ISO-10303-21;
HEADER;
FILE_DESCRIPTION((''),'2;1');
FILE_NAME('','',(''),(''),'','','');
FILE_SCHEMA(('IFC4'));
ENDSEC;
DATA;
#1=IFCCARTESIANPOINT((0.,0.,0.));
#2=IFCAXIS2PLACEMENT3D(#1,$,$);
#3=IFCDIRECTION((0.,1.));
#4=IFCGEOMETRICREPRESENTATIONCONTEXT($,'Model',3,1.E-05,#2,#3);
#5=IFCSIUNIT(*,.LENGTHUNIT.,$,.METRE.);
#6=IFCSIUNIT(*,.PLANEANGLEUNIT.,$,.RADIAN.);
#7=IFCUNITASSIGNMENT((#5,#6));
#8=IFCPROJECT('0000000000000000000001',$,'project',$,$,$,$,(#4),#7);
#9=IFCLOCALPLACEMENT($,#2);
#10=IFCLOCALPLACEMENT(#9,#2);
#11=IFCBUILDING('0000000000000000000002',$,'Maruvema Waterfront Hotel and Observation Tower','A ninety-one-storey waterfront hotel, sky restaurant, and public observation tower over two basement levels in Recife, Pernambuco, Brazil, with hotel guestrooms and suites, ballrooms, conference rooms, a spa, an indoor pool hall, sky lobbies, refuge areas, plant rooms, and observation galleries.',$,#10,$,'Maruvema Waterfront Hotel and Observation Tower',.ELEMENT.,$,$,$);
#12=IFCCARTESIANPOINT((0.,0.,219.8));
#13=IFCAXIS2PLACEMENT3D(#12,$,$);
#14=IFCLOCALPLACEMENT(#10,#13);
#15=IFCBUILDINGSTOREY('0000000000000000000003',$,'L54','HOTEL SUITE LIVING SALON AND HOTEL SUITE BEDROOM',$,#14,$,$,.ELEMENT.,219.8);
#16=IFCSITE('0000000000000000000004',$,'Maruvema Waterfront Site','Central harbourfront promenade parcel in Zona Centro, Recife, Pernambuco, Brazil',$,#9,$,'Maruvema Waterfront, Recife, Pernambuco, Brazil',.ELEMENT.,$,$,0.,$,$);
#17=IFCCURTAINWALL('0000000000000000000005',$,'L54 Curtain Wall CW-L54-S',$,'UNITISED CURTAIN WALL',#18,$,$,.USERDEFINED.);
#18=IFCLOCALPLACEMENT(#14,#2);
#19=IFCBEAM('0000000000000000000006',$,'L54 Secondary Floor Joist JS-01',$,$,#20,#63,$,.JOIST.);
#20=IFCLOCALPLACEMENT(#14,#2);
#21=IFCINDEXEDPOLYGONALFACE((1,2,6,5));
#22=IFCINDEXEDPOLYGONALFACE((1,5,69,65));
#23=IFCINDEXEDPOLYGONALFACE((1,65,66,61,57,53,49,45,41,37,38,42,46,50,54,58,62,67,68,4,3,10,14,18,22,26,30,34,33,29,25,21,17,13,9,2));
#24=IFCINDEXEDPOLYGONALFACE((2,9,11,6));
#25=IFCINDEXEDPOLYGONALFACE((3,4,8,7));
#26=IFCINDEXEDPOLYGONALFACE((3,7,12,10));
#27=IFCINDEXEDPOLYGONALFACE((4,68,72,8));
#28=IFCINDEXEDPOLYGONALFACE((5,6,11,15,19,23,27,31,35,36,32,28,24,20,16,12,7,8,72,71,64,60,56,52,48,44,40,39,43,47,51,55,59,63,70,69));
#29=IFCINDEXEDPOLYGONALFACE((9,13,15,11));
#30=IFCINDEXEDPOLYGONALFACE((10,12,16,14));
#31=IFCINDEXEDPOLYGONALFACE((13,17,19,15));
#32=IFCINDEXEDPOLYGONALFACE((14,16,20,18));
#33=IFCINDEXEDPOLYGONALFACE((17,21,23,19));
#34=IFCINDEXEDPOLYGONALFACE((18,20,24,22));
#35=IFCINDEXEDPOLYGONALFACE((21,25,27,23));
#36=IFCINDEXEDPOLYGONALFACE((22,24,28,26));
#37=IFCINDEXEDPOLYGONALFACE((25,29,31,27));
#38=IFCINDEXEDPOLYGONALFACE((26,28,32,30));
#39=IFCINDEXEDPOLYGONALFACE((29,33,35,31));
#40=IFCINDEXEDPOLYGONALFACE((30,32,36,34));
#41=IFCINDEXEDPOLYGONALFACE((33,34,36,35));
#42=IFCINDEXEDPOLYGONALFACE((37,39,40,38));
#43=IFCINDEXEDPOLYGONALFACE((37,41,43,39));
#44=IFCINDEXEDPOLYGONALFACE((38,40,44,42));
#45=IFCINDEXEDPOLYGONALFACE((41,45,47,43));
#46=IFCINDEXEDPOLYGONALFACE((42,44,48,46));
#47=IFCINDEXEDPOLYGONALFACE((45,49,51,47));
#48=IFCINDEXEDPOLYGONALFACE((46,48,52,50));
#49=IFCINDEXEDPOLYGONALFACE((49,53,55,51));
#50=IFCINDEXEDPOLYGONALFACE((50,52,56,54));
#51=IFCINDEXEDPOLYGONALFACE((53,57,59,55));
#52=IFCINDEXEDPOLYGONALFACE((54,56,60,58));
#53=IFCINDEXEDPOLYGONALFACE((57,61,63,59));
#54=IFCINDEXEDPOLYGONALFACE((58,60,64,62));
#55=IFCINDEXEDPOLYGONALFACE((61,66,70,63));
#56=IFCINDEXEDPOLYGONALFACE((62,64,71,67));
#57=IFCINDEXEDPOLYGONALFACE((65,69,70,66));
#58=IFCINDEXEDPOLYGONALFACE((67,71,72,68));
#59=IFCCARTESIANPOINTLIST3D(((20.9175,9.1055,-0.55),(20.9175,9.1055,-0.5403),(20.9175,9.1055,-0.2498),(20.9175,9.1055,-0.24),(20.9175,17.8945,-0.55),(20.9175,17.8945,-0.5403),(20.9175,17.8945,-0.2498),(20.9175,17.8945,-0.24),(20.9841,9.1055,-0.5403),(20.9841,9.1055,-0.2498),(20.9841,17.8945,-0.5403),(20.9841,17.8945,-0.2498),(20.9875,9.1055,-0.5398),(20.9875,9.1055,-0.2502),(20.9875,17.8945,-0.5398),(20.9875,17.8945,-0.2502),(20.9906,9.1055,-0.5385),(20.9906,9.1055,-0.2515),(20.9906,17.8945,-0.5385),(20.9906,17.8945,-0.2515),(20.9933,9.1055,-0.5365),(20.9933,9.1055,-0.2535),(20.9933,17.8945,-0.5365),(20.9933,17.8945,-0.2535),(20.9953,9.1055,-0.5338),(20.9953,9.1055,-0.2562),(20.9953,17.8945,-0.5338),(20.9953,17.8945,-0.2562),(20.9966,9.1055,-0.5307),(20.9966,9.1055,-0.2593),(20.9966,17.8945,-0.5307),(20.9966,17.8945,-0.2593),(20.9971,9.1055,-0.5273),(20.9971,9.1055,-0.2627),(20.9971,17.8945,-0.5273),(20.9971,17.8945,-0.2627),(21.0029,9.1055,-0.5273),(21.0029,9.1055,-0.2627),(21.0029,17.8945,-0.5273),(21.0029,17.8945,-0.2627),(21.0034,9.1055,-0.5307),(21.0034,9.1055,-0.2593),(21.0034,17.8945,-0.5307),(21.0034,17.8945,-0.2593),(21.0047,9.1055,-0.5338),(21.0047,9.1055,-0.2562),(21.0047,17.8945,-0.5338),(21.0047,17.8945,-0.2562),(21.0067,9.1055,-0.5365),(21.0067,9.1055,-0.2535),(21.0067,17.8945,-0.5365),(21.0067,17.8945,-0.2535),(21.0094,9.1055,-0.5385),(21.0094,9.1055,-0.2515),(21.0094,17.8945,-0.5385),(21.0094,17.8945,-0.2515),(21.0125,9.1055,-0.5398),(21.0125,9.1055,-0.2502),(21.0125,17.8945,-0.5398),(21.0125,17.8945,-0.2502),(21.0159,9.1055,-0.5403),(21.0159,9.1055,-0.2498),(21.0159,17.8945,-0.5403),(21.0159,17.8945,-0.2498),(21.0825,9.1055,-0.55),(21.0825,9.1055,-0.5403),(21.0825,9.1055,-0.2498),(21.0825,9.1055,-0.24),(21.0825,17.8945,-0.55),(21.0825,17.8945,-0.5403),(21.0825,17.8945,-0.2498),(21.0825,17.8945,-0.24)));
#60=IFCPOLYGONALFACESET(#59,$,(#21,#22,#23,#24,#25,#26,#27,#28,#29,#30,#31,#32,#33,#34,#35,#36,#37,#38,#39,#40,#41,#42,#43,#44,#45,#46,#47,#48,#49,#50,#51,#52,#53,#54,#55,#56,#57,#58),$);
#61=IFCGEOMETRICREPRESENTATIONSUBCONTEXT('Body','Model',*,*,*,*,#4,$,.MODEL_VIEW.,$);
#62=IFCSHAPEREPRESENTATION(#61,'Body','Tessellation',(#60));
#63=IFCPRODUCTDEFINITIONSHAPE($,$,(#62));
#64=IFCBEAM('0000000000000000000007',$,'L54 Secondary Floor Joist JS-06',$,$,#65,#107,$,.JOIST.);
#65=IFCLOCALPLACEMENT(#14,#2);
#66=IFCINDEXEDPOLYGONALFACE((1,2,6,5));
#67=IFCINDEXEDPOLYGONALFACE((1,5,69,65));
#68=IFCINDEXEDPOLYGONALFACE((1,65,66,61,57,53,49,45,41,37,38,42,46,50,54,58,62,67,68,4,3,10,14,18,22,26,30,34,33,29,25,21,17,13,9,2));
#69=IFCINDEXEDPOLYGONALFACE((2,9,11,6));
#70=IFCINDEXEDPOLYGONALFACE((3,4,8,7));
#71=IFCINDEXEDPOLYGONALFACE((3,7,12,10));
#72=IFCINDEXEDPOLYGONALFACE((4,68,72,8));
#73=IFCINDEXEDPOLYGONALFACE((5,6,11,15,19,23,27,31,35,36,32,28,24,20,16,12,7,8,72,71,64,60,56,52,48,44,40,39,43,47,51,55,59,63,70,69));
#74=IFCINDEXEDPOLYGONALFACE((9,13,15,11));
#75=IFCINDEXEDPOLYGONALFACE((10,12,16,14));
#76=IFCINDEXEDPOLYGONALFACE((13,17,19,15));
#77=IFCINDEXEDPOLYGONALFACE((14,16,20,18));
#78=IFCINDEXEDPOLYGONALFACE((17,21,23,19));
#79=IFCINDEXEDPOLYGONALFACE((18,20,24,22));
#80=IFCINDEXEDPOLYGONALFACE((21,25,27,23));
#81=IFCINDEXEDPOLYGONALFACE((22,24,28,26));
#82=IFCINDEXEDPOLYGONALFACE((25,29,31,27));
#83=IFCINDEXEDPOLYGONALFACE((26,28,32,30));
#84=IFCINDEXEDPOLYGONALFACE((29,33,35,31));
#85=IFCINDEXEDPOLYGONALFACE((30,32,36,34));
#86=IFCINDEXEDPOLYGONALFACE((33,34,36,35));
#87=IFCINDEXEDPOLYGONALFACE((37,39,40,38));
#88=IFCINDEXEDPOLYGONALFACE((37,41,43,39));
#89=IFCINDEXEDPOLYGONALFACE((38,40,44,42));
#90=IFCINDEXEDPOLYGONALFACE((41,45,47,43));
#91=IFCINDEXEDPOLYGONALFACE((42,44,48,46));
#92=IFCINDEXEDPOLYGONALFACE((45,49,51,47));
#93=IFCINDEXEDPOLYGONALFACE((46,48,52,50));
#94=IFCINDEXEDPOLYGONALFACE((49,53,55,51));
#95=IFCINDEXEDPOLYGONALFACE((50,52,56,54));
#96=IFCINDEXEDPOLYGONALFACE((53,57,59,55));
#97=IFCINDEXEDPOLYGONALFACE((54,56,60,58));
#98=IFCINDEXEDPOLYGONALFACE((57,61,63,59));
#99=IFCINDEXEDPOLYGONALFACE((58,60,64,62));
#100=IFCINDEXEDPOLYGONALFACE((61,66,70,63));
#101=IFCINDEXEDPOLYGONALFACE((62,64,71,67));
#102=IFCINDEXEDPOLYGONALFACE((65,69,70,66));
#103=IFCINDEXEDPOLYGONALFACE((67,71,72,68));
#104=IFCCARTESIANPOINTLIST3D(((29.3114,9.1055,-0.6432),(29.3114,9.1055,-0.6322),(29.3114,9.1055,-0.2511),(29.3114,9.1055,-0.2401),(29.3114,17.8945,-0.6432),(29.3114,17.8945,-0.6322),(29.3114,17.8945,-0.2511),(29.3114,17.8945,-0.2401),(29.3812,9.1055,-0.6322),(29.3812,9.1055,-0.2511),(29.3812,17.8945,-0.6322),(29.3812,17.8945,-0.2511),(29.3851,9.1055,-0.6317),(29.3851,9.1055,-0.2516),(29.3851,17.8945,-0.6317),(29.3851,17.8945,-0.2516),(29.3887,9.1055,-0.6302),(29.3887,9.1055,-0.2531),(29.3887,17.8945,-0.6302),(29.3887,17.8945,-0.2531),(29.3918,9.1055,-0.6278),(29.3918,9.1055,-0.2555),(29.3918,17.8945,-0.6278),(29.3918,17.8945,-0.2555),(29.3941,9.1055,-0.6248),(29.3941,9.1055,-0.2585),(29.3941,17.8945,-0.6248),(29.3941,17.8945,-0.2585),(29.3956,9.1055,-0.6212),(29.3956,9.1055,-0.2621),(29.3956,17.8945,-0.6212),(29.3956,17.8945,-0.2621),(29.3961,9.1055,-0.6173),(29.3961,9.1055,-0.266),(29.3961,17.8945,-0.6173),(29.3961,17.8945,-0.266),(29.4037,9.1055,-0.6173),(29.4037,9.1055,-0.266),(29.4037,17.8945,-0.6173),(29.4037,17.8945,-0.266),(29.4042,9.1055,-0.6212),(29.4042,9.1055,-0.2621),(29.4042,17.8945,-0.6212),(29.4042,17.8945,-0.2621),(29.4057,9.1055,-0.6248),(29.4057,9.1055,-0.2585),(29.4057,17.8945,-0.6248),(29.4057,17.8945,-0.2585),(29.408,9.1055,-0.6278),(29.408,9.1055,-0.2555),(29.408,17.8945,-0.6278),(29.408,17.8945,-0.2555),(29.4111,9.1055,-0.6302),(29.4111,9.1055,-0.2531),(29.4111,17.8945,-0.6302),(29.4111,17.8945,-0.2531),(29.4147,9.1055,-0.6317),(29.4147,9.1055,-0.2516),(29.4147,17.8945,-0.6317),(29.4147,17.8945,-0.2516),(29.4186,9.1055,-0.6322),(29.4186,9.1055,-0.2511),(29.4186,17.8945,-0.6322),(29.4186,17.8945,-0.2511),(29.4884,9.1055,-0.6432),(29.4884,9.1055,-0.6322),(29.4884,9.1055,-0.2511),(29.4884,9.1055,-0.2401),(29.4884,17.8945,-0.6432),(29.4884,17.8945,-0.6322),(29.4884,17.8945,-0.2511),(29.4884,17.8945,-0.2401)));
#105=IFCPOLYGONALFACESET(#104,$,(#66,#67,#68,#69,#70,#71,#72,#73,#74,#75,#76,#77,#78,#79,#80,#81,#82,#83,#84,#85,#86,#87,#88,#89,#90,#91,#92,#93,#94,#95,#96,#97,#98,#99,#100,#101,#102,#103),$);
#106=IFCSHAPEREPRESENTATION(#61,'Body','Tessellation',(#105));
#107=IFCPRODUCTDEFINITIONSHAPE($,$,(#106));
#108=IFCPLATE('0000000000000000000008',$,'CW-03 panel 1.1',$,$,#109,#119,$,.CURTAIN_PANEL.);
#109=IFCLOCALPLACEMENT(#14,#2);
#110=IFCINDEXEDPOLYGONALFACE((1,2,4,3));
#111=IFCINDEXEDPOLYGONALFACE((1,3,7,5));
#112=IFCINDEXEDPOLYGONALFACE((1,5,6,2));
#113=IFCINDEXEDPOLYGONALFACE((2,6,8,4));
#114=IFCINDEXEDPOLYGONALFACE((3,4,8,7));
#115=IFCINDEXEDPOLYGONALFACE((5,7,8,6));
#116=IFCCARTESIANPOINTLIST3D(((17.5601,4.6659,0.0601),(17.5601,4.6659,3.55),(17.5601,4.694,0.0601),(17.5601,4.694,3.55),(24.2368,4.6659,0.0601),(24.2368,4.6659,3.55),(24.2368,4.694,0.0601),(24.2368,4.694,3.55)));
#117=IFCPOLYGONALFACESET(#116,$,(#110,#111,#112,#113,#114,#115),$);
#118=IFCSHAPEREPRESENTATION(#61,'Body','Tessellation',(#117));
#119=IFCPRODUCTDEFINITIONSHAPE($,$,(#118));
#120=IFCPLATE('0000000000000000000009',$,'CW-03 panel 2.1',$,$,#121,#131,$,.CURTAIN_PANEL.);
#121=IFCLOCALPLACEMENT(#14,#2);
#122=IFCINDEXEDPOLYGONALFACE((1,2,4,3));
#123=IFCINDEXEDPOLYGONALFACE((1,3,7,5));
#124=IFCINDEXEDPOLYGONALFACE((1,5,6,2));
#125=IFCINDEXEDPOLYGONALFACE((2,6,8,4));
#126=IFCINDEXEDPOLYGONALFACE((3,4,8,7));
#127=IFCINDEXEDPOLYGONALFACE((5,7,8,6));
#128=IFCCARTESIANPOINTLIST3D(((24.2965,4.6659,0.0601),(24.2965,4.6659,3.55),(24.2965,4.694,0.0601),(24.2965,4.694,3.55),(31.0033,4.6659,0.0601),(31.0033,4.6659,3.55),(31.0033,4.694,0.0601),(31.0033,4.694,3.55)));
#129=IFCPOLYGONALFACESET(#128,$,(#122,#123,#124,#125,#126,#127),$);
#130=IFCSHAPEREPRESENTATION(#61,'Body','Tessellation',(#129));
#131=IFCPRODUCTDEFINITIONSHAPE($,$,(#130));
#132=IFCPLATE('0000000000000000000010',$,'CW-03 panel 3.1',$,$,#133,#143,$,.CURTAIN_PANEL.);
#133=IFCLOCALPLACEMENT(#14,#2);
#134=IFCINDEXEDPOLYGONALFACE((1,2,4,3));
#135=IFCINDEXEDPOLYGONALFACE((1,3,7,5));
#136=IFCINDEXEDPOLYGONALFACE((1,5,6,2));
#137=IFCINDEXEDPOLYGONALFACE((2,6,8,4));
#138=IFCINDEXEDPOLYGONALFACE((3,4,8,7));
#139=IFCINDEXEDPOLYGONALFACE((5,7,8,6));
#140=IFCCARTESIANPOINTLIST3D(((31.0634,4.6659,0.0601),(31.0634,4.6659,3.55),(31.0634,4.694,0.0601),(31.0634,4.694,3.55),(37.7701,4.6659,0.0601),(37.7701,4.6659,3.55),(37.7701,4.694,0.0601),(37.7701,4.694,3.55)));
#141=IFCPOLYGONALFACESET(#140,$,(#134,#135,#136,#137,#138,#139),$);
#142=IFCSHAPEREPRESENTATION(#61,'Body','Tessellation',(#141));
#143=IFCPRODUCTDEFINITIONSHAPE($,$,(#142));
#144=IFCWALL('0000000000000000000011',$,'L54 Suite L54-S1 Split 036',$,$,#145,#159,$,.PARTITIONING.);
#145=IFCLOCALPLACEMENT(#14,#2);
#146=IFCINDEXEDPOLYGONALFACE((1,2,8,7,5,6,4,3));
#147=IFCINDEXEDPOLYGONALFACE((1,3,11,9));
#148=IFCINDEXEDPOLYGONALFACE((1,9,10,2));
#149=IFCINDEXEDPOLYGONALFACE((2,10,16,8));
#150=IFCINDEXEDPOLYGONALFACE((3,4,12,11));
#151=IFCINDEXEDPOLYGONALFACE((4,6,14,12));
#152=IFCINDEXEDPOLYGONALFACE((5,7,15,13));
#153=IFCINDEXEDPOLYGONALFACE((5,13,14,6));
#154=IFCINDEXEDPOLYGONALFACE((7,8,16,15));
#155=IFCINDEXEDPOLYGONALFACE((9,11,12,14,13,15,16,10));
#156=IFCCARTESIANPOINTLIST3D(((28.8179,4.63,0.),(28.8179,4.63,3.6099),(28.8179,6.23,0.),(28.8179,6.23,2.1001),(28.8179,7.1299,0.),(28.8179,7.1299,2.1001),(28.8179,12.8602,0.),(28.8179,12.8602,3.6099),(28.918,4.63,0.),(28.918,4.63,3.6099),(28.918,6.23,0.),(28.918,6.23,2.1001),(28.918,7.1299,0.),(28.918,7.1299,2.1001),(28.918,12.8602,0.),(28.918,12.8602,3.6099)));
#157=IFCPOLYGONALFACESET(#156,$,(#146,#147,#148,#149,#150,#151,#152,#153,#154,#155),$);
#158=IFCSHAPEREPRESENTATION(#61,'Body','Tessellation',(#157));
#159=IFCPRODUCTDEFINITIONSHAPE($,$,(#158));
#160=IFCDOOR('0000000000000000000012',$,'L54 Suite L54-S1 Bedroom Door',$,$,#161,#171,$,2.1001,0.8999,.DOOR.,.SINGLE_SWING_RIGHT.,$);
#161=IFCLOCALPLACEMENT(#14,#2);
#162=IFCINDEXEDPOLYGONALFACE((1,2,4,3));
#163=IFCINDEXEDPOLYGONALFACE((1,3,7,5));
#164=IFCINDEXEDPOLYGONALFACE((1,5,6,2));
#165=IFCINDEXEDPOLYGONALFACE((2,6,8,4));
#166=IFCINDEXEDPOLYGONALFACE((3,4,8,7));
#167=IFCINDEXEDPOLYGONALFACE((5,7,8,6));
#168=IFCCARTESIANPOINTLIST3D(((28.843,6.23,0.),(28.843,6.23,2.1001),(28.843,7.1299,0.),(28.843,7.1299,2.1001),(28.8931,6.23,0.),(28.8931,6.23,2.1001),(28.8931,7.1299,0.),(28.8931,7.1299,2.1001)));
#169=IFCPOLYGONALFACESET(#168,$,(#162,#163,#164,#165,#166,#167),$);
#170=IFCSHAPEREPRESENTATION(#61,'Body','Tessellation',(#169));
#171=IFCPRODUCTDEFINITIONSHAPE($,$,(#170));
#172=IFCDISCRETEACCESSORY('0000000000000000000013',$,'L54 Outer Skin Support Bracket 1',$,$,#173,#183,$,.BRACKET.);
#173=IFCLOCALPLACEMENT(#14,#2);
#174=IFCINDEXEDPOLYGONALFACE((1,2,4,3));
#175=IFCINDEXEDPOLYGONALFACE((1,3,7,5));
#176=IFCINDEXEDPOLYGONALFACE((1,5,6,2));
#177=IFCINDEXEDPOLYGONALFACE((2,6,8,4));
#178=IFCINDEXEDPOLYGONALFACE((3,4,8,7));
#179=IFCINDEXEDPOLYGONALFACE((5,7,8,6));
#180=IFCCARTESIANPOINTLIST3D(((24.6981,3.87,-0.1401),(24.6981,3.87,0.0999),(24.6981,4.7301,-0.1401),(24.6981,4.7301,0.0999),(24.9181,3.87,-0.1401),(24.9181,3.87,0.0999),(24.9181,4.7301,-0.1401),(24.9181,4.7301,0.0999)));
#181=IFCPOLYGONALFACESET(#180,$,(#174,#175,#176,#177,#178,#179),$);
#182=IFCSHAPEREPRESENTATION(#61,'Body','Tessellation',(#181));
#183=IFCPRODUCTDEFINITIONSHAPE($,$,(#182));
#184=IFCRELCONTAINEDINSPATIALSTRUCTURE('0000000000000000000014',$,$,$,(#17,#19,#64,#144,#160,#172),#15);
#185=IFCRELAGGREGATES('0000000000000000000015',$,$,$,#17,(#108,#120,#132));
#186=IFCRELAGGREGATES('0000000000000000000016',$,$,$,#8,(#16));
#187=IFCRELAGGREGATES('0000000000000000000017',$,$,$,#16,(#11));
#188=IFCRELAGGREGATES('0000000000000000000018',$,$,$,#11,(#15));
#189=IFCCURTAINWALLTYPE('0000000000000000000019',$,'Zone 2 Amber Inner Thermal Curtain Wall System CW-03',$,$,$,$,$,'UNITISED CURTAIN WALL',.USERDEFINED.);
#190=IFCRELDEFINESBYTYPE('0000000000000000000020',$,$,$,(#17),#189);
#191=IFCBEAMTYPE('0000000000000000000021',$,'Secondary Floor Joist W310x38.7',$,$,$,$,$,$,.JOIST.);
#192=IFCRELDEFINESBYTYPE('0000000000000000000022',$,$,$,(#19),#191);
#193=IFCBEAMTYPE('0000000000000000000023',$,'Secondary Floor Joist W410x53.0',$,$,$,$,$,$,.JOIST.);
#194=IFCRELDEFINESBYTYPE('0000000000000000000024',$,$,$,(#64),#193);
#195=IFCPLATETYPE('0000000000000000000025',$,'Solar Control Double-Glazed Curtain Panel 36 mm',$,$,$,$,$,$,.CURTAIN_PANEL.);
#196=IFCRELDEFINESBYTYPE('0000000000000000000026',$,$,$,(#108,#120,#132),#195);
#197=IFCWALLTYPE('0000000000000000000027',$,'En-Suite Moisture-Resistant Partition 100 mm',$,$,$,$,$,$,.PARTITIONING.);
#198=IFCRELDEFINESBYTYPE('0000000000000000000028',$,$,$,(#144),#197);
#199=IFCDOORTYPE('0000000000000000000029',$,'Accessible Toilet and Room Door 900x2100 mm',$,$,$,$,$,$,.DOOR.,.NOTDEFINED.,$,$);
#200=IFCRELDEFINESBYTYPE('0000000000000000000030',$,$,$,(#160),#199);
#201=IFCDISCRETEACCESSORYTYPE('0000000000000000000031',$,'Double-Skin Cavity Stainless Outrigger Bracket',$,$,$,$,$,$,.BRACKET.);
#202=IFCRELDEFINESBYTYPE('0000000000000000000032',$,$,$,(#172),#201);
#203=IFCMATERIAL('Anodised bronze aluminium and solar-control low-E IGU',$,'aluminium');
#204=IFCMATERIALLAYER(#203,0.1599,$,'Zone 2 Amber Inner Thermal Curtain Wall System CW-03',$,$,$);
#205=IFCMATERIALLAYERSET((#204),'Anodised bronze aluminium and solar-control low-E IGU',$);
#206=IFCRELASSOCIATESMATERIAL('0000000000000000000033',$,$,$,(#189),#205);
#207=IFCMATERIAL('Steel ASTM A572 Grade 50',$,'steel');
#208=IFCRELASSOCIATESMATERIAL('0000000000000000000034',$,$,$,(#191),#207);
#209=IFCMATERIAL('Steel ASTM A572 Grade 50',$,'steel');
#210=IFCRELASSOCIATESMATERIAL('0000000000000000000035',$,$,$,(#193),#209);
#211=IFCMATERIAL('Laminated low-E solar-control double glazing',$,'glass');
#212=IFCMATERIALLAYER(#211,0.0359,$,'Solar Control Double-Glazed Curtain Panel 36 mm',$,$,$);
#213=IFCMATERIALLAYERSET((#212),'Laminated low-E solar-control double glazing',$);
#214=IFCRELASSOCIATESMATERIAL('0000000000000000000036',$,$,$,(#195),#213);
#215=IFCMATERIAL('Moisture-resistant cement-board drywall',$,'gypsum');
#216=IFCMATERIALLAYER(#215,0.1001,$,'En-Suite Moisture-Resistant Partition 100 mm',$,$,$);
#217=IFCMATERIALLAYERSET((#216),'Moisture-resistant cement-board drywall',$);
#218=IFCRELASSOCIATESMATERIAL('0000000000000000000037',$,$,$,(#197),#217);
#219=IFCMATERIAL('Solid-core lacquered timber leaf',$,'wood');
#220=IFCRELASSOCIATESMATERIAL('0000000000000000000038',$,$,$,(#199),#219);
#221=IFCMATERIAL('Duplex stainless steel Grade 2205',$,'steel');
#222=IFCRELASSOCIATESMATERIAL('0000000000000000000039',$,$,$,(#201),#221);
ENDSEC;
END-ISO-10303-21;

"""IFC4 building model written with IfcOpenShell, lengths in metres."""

from ifc_helpers import new_model, si_unit, direction, frame, frame_2d, origin, origin_2d, place, context, subcontext, project, spatial, rectangle, i_section, extrude, material, layer, layer_set, material_profile, profile_set, type_object, element, fill, aggregate, save


model = new_model("IFC4")

# Units and contexts
model_context = context("Model", 3, precision=1e-05, world=origin(), true_north=direction((0.0, 1.0)))
body_context = subcontext(model_context, "Body", "Model", "MODEL_VIEW")
ifc_project = project(units=[si_unit("LENGTHUNIT", "METRE"), si_unit("PLANEANGLEUNIT", "RADIAN")], contexts=[model_context])

# Site, building, storey
site_placement = place(None, origin())
site = spatial("IfcSite", under=ifc_project, at=site_placement, Name="Maruvema Waterfront Site", Description="Central harbourfront promenade parcel in Zona Centro, Recife, Pernambuco, Brazil", LongName="Maruvema Waterfront, Recife, Pernambuco, Brazil", CompositionType="ELEMENT", RefElevation=0.0)
building_placement = place(site_placement, origin())
building = spatial("IfcBuilding", under=site, at=building_placement, Name="Maruvema Waterfront Hotel and Observation Tower", Description="A ninety-one-storey waterfront hotel, sky restaurant, and public observation tower over two basement levels in Recife, Pernambuco, Brazil, with hotel guestrooms and suites, ballrooms, conference rooms, a spa, an indoor pool hall, sky lobbies, refuge areas, plant rooms, and observation galleries.", LongName="Maruvema Waterfront Hotel and Observation Tower", CompositionType="ELEMENT")
storey_placement = place(building_placement, frame((0.0, 0.0, 219.8)))
storey = spatial("IfcBuildingStorey", under=building, at=storey_placement, Name="L54", Description="HOTEL SUITE LIVING SALON AND HOTEL SUITE BEDROOM", CompositionType="ELEMENT", Elevation=219.8)

# Curtain wall
ifc_material_1 = material(Name="Anodised bronze aluminium and solar-control low-E IGU", Category="aluminium")
ifc_layer_1 = layer(ifc_material_1, 0.1599, Name="Zone 2 Amber Inner Thermal Curtain Wall System CW-03")
ifc_layer_set_1 = layer_set([ifc_layer_1], Name="Anodised bronze aluminium and solar-control low-E IGU")
curtain_wall_type = type_object("IfcCurtainWallType", Name="Zone 2 Amber Inner Thermal Curtain Wall System CW-03", ElementType="UNITISED CURTAIN WALL", PredefinedType="USERDEFINED", material=ifc_layer_set_1)
curtain_wall_placement = place(storey_placement, origin())
curtain_wall = element("IfcCurtainWall", 1, at=curtain_wall_placement, inside=storey, type_object=curtain_wall_type, Name="L54 Curtain Wall CW-L54-S", ObjectType="UNITISED CURTAIN WALL", PredefinedType="USERDEFINED")

# Beams
ifc_material_2 = material(Name="Steel ASTM A572 Grade 50", Category="steel")
ifc_material_profile_1 = material_profile(ifc_material_2, i_section(OverallWidth=0.165, OverallDepth=0.3101, WebThickness=0.0059, FlangeThickness=0.0098, FilletRadius=0.0129, at=origin_2d()), Name="W310x38.7")
ifc_profile_set_1 = profile_set([ifc_material_profile_1], Name="Steel ASTM A572 Grade 50")
beam_type_1 = type_object("IfcBeamType", Name="Secondary Floor Joist W310x38.7", PredefinedType="JOIST", material=ifc_profile_set_1)
beam_1_placement = place(storey_placement, frame((21.0, 9.1055, -0.395), z_axis=(0.0, 1.0, 0.0), x_axis=(-1.0, 0.0, 0.0)))
element("IfcBeam", 2, at=beam_1_placement, inside=storey, type_object=beam_type_1, Name="L54 Secondary Floor Joist JS-01", PredefinedType="JOIST", context=body_context, shape_type="SweptSolid", body=[
    extrude(i_section(OverallWidth=0.165, OverallDepth=0.3101, WebThickness=0.0059, FlangeThickness=0.0098, FilletRadius=0.0129, at=origin_2d()), origin(), (0.0, 0.0, 1.0), 8.7891),
])
ifc_material_3 = material(Name="Steel ASTM A572 Grade 50", Category="steel")
ifc_material_profile_2 = material_profile(ifc_material_3, i_section(OverallWidth=0.177, OverallDepth=0.4031, WebThickness=0.0076, FlangeThickness=0.011, FilletRadius=0.0149, at=origin_2d()), Name="W410x53.0")
ifc_profile_set_2 = profile_set([ifc_material_profile_2], Name="Steel ASTM A572 Grade 50")
beam_type_2 = type_object("IfcBeamType", Name="Secondary Floor Joist W410x53.0", PredefinedType="JOIST", material=ifc_profile_set_2)
beam_2_placement = place(storey_placement, frame((29.3999, 9.1055, -0.4417), z_axis=(0.0, 1.0, 0.0), x_axis=(-1.0, 0.0, 0.0)))
element("IfcBeam", 3, at=beam_2_placement, inside=storey, type_object=beam_type_2, Name="L54 Secondary Floor Joist JS-06", PredefinedType="JOIST", context=body_context, shape_type="SweptSolid", body=[
    extrude(i_section(OverallWidth=0.177, OverallDepth=0.4031, WebThickness=0.0076, FlangeThickness=0.011, FilletRadius=0.0149, at=origin_2d()), origin(), (0.0, 0.0, 1.0), 8.7891),
])

# Plates
ifc_material_4 = material(Name="Laminated low-E solar-control double glazing", Category="glass")
ifc_layer_2 = layer(ifc_material_4, 0.0359, Name="Solar Control Double-Glazed Curtain Panel 36 mm")
ifc_layer_set_2 = layer_set([ifc_layer_2], Name="Laminated low-E solar-control double glazing")
plate_type = type_object("IfcPlateType", Name="Solar Control Double-Glazed Curtain Panel 36 mm", PredefinedType="CURTAIN_PANEL", material=ifc_layer_set_2)
plate_1_placement = place(storey_placement, frame((20.8984, 4.6799, 0.0601), z_axis=(0.0, 0.0, 1.0), x_axis=(1.0, 0.0, 0.0)))
plate_1 = element("IfcPlate", 4, at=plate_1_placement, type_object=plate_type, Name="CW-03 panel 1.1", PredefinedType="CURTAIN_PANEL", context=body_context, shape_type="SweptSolid", body=[
    extrude(rectangle(XDim=6.6768, YDim=0.0281, at=origin_2d()), origin(), (0.0, 0.0, 1.0), 3.49),
])
plate_2_placement = place(storey_placement, frame((27.6499, 4.6799, 0.0601), z_axis=(0.0, 0.0, 1.0), x_axis=(1.0, 0.0, 0.0)))
plate_2 = element("IfcPlate", 5, at=plate_2_placement, type_object=plate_type, Name="CW-03 panel 2.1", PredefinedType="CURTAIN_PANEL", context=body_context, shape_type="SweptSolid", body=[
    extrude(rectangle(XDim=6.7068, YDim=0.0281, at=origin_2d()), origin(), (0.0, 0.0, 1.0), 3.49),
])
plate_3_placement = place(storey_placement, frame((34.4167, 4.6799, 0.0601), z_axis=(0.0, 0.0, 1.0), x_axis=(1.0, 0.0, 0.0)))
plate_3 = element("IfcPlate", 6, at=plate_3_placement, type_object=plate_type, Name="CW-03 panel 3.1", PredefinedType="CURTAIN_PANEL", context=body_context, shape_type="SweptSolid", body=[
    extrude(rectangle(XDim=6.7068, YDim=0.0281, at=origin_2d()), origin(), (0.0, 0.0, 1.0), 3.49),
])
aggregate(curtain_wall, [plate_1, plate_2, plate_3])

# Wall, opening, door
ifc_material_5 = material(Name="Moisture-resistant cement-board drywall", Category="gypsum")
ifc_layer_3 = layer(ifc_material_5, 0.1001, Name="En-Suite Moisture-Resistant Partition 100 mm")
ifc_layer_set_3 = layer_set([ifc_layer_3], Name="Moisture-resistant cement-board drywall")
wall_type = type_object("IfcWallType", Name="En-Suite Moisture-Resistant Partition 100 mm", PredefinedType="PARTITIONING", material=ifc_layer_set_3)
wall_placement = place(storey_placement, frame((28.8679, 4.6299, 0.0), z_axis=(0.0, 0.0, 1.0), x_axis=(0.0, 1.0, 0.0)))
wall = element("IfcWall", 7, at=wall_placement, inside=storey, type_object=wall_type, Name="L54 Suite L54-S1 Split 036", PredefinedType="PARTITIONING", context=body_context, shape_type="SweptSolid", body=[
    extrude(rectangle(XDim=8.2302, YDim=0.1001, at=frame_2d((4.1152, 0.0))), origin(), (0.0, 0.0, 1.0), 3.6099),
])
opening_placement = place(wall_placement, frame((1.6001, 0.0, 0.0)))
opening = element("IfcOpeningElement", 8, at=opening_placement, cuts=wall, PredefinedType="OPENING", context=body_context, shape_type="SweptSolid", body=[
    extrude(rectangle(XDim=0.8999, YDim=2.1001, at=frame_2d((0.45, 1.05))), frame((0.0, 0.0601, 0.0), z_axis=(0.0, -1.0, 0.0), x_axis=(1.0, 0.0, 0.0)), (0.0, 0.0, 1.0), 0.1201),
])
ifc_material_6 = material(Name="Solid-core lacquered timber leaf", Category="wood")
door_type = type_object("IfcDoorType", Name="Accessible Toilet and Room Door 900x2100 mm", OperationType="NOTDEFINED", PredefinedType="DOOR", material=ifc_material_6)
door_placement = place(opening_placement, origin())
door = element("IfcDoor", 9, at=door_placement, inside=storey, type_object=door_type, Name="L54 Suite L54-S1 Bedroom Door", OperationType="SINGLE_SWING_RIGHT", OverallHeight=2.1001, OverallWidth=0.8999, PredefinedType="DOOR", context=body_context, shape_type="SweptSolid", body=[
    extrude(rectangle(XDim=0.8999, YDim=2.1001, at=frame_2d((0.45, 1.05))), frame((0.0, 0.0249, 0.0), z_axis=(0.0, -1.0, 0.0), x_axis=(1.0, 0.0, 0.0)), (0.0, 0.0, 1.0), 0.05),
])
fill(opening, door)

# Discrete accessory
ifc_material_7 = material(Name="Duplex stainless steel Grade 2205", Category="steel")
discrete_accessory_type = type_object("IfcDiscreteAccessoryType", Name="Double-Skin Cavity Stainless Outrigger Bracket", PredefinedType="BRACKET", material=ifc_material_7)
discrete_accessory_placement = place(storey_placement, frame((24.8081, 4.3, -0.1401), z_axis=(0.0, 0.0, 1.0), x_axis=(1.0, 0.0, 0.0)))
element("IfcDiscreteAccessory", 10, at=discrete_accessory_placement, inside=storey, type_object=discrete_accessory_type, Name="L54 Outer Skin Support Bracket 1", PredefinedType="BRACKET", context=body_context, shape_type="SweptSolid", body=[
    extrude(rectangle(XDim=0.22, YDim=0.8601, at=origin_2d()), origin(), (0.0, 0.0, 1.0), 0.24),
])

save(model, "model.ifc")
